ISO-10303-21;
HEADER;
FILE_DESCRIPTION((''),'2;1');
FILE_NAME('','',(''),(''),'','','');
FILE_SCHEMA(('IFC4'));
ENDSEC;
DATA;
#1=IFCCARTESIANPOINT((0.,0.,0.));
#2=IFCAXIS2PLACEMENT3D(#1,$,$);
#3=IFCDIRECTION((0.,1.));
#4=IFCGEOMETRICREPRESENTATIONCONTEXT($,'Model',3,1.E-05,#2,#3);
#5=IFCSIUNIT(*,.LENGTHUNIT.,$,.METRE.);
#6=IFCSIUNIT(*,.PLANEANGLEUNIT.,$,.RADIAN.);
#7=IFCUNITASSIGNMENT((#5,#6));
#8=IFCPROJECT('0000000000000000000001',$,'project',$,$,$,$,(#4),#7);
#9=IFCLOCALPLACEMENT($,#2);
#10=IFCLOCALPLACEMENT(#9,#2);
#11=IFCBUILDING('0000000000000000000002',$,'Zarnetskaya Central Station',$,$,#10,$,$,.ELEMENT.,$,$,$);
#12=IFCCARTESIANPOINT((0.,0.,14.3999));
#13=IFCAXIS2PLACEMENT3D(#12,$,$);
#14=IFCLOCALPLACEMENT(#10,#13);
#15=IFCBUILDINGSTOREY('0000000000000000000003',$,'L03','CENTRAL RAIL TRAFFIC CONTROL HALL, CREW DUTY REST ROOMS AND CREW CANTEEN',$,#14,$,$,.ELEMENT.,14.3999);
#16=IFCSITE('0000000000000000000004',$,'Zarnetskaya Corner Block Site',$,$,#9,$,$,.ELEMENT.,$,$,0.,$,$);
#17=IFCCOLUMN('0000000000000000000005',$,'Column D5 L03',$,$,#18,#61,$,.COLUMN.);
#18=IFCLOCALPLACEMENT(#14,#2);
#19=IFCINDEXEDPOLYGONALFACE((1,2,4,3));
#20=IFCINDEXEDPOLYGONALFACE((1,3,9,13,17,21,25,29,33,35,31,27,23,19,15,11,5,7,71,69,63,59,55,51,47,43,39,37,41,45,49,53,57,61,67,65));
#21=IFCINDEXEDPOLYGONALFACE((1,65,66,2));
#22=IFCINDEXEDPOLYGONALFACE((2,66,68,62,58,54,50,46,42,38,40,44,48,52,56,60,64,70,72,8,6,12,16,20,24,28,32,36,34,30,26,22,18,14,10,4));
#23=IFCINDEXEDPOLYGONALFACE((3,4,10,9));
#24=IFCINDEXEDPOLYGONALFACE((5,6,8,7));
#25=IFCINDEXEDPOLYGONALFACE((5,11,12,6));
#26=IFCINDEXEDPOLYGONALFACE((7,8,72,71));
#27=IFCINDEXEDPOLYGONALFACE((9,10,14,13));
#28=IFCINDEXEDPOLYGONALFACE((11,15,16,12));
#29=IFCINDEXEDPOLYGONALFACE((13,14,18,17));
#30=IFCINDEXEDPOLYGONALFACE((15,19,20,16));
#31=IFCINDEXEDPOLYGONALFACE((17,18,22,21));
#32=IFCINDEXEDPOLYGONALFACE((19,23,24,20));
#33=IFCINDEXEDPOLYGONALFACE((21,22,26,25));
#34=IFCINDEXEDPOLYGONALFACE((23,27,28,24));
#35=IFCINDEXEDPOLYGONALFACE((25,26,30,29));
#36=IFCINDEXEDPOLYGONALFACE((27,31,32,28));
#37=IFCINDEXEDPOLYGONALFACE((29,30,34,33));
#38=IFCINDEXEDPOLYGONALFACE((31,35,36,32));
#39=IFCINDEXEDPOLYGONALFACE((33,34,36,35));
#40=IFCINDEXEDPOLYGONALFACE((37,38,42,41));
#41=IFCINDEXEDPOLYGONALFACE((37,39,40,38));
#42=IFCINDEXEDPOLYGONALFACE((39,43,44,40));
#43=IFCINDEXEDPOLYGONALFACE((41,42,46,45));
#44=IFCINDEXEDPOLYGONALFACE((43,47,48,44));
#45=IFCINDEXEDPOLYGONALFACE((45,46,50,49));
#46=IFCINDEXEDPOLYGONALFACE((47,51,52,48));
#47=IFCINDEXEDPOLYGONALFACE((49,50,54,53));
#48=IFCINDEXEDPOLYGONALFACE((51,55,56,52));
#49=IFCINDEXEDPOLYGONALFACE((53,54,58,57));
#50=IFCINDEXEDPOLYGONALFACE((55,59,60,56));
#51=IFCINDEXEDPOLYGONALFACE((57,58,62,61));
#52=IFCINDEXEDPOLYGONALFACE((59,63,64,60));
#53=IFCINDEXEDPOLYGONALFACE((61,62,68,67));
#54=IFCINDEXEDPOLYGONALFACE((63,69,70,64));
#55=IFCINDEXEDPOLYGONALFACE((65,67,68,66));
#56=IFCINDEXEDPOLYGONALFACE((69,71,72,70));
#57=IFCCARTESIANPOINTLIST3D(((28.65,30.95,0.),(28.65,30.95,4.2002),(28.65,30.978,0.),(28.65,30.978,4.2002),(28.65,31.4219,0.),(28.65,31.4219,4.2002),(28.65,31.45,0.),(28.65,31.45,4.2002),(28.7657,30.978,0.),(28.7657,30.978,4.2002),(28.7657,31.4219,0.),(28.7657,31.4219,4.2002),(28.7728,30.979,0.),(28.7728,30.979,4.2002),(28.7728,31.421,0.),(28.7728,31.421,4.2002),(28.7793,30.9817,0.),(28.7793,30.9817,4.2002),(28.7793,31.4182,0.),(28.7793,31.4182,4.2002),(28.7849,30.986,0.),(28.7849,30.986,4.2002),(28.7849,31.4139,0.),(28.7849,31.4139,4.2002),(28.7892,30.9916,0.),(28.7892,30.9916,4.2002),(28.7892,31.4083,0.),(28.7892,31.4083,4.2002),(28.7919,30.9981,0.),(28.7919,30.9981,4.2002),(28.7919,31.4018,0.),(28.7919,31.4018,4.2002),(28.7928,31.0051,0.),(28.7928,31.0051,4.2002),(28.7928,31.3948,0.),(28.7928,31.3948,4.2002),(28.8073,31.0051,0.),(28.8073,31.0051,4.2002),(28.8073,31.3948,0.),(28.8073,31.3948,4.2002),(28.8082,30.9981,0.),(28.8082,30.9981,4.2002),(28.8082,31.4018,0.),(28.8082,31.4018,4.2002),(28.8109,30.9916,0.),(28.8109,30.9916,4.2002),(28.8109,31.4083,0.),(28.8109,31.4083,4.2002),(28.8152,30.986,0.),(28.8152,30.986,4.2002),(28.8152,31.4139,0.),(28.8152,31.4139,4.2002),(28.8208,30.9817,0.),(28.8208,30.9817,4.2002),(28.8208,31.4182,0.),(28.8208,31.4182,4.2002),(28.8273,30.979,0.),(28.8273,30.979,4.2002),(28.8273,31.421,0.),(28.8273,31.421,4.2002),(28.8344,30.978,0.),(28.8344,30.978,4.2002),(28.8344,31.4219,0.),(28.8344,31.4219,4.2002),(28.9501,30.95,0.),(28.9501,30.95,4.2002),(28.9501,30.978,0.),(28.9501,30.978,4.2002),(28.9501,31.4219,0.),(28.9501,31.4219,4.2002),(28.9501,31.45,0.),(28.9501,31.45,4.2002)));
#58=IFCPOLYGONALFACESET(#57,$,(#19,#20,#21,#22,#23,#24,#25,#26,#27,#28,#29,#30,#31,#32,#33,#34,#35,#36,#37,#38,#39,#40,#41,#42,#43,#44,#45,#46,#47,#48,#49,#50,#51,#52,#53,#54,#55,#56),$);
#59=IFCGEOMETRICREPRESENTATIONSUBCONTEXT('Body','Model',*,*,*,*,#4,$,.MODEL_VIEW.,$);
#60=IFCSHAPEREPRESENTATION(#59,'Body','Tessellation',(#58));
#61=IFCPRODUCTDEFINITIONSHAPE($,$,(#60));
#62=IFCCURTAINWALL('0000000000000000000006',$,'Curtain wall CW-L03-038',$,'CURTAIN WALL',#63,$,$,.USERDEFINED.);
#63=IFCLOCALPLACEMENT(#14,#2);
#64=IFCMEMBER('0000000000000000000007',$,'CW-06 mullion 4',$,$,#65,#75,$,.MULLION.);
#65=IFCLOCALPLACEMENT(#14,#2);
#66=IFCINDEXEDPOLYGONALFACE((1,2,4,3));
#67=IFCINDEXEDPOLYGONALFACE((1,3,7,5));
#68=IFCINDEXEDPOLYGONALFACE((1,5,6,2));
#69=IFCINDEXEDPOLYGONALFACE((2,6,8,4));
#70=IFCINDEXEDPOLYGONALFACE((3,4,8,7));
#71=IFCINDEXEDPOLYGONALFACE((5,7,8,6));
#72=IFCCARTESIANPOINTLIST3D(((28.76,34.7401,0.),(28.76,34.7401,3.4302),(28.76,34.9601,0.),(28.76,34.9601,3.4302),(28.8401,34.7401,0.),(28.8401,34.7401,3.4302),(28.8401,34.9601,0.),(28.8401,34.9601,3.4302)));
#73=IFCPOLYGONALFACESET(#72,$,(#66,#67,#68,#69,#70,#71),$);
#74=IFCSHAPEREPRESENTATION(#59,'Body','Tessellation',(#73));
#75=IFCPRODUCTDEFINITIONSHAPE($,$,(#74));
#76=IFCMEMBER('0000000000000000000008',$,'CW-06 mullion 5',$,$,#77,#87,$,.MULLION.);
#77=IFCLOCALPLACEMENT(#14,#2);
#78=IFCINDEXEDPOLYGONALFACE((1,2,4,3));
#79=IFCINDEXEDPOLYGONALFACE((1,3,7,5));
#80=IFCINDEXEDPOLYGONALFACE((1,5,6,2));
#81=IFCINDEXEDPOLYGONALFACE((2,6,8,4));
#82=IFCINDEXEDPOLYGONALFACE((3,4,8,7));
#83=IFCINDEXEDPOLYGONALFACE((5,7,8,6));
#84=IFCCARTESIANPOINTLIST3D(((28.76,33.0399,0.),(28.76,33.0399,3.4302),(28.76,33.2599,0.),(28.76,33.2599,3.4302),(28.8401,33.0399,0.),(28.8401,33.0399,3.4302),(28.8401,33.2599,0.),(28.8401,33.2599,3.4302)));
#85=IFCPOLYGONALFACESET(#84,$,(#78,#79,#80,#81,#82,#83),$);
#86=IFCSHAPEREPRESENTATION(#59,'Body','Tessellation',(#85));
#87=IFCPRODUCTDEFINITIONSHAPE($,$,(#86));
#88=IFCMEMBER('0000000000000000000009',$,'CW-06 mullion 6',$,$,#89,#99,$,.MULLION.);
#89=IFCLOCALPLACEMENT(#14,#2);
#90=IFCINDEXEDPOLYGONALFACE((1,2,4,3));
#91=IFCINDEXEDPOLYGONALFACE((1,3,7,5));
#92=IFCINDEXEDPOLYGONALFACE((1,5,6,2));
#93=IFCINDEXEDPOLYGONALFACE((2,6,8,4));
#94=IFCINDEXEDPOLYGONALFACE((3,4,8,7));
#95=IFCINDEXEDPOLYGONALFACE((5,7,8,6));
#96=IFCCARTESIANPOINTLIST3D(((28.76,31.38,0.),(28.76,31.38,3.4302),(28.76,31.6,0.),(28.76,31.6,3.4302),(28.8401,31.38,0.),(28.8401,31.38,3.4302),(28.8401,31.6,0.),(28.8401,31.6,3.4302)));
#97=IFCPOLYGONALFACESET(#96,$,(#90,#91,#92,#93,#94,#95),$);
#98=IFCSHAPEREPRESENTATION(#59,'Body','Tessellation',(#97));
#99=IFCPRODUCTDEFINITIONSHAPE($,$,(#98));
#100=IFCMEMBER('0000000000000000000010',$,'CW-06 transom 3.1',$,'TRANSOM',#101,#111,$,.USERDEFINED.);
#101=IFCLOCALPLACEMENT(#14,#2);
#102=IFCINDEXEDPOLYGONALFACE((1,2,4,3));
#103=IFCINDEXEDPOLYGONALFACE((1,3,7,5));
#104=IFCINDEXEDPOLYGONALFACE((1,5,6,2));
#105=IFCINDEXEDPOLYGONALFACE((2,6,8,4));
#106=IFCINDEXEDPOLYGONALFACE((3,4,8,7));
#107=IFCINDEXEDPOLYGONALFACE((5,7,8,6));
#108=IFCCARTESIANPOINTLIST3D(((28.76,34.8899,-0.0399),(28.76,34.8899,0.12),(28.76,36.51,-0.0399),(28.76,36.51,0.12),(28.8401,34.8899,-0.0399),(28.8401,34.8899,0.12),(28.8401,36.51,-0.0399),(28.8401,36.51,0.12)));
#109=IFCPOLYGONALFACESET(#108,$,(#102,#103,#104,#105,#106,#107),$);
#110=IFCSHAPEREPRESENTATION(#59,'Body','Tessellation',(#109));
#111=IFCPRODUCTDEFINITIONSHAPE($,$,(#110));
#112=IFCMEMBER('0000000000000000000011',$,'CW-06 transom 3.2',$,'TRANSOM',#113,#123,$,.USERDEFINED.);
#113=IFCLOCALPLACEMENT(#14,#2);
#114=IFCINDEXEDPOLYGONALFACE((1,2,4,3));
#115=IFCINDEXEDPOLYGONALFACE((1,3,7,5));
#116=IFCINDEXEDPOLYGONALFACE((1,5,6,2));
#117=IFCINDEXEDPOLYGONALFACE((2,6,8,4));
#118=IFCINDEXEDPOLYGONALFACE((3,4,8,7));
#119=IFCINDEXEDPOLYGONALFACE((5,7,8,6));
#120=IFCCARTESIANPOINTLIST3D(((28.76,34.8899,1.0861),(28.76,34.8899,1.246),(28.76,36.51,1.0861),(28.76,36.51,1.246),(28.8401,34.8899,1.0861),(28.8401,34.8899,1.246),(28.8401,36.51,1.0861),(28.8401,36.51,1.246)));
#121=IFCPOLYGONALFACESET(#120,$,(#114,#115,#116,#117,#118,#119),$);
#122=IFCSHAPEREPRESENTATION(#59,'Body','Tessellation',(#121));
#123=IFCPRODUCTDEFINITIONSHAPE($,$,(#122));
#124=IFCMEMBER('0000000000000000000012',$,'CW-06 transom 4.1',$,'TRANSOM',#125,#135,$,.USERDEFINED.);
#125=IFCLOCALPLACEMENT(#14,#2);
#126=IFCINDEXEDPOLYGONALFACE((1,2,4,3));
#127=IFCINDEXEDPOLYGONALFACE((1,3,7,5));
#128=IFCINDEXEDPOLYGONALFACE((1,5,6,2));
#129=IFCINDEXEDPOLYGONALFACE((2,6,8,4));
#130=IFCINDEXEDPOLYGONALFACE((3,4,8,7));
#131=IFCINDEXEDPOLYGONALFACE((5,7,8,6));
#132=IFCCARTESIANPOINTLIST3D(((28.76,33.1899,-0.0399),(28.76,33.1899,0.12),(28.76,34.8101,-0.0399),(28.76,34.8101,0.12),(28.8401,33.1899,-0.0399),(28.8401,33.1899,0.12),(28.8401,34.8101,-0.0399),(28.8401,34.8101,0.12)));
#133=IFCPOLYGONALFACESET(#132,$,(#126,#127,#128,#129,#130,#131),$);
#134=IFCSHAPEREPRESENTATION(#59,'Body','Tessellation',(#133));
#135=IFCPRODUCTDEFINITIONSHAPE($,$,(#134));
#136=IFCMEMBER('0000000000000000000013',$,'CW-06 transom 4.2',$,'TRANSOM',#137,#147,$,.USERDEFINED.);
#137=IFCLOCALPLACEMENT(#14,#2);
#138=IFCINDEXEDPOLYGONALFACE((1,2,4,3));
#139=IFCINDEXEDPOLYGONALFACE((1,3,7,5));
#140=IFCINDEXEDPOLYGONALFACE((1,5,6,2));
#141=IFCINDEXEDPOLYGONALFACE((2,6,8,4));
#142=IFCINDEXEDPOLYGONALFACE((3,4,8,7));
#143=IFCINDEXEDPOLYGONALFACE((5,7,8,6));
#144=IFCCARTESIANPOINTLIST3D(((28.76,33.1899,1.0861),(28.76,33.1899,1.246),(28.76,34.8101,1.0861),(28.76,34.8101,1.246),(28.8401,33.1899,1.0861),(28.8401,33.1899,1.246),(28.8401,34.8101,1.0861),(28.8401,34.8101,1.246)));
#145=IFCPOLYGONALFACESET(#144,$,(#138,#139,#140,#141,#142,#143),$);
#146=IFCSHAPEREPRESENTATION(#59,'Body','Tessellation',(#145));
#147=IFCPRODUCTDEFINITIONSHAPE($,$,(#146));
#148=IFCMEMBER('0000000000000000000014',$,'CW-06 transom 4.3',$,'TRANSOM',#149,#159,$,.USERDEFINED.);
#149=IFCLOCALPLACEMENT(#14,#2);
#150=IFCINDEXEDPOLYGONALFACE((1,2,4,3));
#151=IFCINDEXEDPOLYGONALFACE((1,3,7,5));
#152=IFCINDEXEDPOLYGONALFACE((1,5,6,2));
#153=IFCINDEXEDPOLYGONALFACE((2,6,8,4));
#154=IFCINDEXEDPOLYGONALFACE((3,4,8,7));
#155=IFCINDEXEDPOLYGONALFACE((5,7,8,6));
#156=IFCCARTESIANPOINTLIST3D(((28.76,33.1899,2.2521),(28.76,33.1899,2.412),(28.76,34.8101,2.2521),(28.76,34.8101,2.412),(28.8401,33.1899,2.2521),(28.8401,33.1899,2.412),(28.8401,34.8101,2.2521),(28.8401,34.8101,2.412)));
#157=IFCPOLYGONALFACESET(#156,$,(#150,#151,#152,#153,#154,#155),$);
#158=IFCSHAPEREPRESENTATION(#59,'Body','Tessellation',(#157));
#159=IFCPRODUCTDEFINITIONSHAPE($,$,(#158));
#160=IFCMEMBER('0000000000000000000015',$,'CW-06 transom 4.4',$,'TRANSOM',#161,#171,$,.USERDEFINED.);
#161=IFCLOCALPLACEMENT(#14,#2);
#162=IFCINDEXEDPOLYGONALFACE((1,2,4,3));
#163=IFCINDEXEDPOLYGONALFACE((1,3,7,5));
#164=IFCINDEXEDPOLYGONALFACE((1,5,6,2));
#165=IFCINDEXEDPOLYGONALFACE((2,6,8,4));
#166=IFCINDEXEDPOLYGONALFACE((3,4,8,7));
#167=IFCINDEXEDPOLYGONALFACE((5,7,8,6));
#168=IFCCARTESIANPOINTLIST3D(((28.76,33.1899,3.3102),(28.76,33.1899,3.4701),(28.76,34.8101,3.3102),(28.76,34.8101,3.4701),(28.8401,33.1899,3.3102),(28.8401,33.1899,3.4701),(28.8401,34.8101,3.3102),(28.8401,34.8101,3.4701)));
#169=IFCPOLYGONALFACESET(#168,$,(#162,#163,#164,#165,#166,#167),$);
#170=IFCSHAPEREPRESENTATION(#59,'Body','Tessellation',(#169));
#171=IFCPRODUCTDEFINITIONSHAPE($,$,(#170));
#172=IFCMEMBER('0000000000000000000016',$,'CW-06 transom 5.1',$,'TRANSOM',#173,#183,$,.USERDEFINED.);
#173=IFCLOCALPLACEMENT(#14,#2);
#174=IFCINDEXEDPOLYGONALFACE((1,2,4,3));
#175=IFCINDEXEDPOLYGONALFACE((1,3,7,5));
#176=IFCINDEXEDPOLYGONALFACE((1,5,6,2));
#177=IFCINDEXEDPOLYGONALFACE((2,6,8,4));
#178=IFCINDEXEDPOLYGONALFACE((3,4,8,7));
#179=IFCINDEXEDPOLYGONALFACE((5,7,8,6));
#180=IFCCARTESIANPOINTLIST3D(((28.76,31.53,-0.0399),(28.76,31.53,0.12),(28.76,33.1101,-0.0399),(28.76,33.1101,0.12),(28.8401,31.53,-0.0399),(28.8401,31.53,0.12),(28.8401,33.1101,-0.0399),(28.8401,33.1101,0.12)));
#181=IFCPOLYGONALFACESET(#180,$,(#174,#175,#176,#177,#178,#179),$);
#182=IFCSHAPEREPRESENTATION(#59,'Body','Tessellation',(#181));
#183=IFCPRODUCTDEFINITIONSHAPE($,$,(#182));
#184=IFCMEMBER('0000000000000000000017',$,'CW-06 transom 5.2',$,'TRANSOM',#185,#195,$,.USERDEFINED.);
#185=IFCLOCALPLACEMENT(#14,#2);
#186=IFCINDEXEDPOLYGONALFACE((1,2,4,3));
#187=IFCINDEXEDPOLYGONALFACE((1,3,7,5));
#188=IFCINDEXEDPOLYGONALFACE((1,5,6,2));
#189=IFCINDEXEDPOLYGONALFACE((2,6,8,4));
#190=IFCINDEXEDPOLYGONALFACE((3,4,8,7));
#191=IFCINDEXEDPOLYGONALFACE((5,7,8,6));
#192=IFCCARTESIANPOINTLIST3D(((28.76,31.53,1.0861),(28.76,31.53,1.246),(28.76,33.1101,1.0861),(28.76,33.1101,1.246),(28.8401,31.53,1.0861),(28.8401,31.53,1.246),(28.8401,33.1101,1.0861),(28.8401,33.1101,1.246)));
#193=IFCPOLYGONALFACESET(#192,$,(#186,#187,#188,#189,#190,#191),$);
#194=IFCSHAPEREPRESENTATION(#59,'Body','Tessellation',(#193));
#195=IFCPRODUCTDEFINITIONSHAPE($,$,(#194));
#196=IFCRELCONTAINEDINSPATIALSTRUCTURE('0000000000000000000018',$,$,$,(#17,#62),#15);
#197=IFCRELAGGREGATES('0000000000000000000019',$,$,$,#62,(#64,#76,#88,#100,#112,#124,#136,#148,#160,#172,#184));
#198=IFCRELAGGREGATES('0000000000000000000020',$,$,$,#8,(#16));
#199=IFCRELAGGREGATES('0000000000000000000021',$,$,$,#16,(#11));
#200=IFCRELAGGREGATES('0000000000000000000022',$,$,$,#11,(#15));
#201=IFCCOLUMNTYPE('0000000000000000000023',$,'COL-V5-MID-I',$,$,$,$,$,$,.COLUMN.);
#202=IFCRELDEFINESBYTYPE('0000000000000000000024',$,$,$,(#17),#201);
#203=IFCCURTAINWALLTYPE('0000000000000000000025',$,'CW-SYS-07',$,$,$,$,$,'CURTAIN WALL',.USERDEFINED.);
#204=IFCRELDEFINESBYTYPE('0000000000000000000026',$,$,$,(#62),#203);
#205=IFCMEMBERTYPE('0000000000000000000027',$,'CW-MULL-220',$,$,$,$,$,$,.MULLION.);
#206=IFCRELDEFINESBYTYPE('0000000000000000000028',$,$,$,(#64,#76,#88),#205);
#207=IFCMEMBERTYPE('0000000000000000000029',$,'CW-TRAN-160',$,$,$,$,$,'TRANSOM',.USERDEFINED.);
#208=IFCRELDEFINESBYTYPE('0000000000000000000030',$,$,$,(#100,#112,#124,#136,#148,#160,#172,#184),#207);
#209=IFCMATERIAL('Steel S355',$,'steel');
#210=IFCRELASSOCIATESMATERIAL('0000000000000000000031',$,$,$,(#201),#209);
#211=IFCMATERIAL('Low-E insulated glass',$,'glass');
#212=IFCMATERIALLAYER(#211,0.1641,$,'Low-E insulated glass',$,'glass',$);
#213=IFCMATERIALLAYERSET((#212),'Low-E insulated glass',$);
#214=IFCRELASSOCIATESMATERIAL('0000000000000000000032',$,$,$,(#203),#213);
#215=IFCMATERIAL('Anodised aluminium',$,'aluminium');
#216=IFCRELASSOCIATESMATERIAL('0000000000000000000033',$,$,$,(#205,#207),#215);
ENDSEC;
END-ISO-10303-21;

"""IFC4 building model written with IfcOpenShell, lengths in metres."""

from ifc_helpers import new_model, si_unit, direction, frame, origin, origin_2d, place, context, subcontext, project, spatial, rectangle, i_section, extrude, material, layer, layer_set, material_profile, profile_set, type_object, element, aggregate, save


model = new_model("IFC4")

# Units and contexts
model_context = context("Model", 3, precision=1e-05, world=origin(), true_north=direction((0.0, 1.0)))
body_context = subcontext(model_context, "Body", "Model", "MODEL_VIEW")
ifc_project = project(units=[si_unit("LENGTHUNIT", "METRE"), si_unit("PLANEANGLEUNIT", "RADIAN")], contexts=[model_context])

# Site, building, storey
site_placement = place(None, origin())
site = spatial("IfcSite", under=ifc_project, at=site_placement, Name="Zarnetskaya Corner Block Site", CompositionType="ELEMENT", RefElevation=0.0)
building_placement = place(site_placement, origin())
building = spatial("IfcBuilding", under=site, at=building_placement, Name="Zarnetskaya Central Station", CompositionType="ELEMENT")
storey_placement = place(building_placement, frame((0.0, 0.0, 14.3999)))
storey = spatial("IfcBuildingStorey", under=building, at=storey_placement, Name="L03", Description="CENTRAL RAIL TRAFFIC CONTROL HALL, CREW DUTY REST ROOMS AND CREW CANTEEN", CompositionType="ELEMENT", Elevation=14.3999)

# Column
ifc_material_1 = material(Name="Steel S355", Category="steel")
ifc_material_profile_1 = material_profile(ifc_material_1, i_section(OverallWidth=0.3, OverallDepth=0.5, WebThickness=0.0144, FlangeThickness=0.0281, FilletRadius=0.0271, at=origin_2d()), Name="HEB 500")
ifc_profile_set_1 = profile_set([ifc_material_profile_1], Name="Steel S355")
column_type = type_object("IfcColumnType", Name="COL-V5-MID-I", PredefinedType="COLUMN", material=ifc_profile_set_1)
column_placement = place(storey_placement, frame((28.8, 31.2, 0.0), z_axis=(0.0, 0.0, 1.0), x_axis=(1.0, 0.0, 0.0)))
element("IfcColumn", 1, at=column_placement, inside=storey, type_object=column_type, Name="Column D5 L03", PredefinedType="COLUMN", context=body_context, shape_type="SweptSolid", body=[
    extrude(i_section(OverallWidth=0.3, OverallDepth=0.5, WebThickness=0.0144, FlangeThickness=0.0281, FilletRadius=0.0271, at=origin_2d()), origin(), (0.0, 0.0, 1.0), 4.2002),
])

# Curtain wall, members
ifc_material_2 = material(Name="Low-E insulated glass", Category="glass")
ifc_layer_1 = layer(ifc_material_2, 0.1641, Name="Low-E insulated glass", Category="glass")
ifc_layer_set_1 = layer_set([ifc_layer_1], Name="Low-E insulated glass")
curtain_wall_type = type_object("IfcCurtainWallType", Name="CW-SYS-07", ElementType="CURTAIN WALL", PredefinedType="USERDEFINED", material=ifc_layer_set_1)
curtain_wall_placement = place(storey_placement, origin())
curtain_wall = element("IfcCurtainWall", 2, at=curtain_wall_placement, inside=storey, type_object=curtain_wall_type, Name="Curtain wall CW-L03-038", ObjectType="CURTAIN WALL", PredefinedType="USERDEFINED")
ifc_material_3 = material(Name="Anodised aluminium", Category="aluminium")
ifc_material_profile_2 = material_profile(ifc_material_3, rectangle(XDim=0.0801, YDim=0.22, at=origin_2d()), Name="ALU MULL 80x220")
ifc_profile_set_2 = profile_set([ifc_material_profile_2], Name="Anodised aluminium")
member_type_1 = type_object("IfcMemberType", Name="CW-MULL-220", PredefinedType="MULLION", material=ifc_profile_set_2)
member_1_placement = place(storey_placement, frame((28.8, 34.8501, 0.0), z_axis=(0.0, 0.0, 1.0), x_axis=(1.0, 0.0, 0.0)))
member_1 = element("IfcMember", 3, at=member_1_placement, type_object=member_type_1, Name="CW-06 mullion 4", PredefinedType="MULLION", context=body_context, shape_type="SweptSolid", body=[
    extrude(rectangle(XDim=0.0801, YDim=0.22, at=origin_2d()), origin(), (0.0, 0.0, 1.0), 3.4302),
])
member_2_placement = place(storey_placement, frame((28.8, 33.1499, 0.0), z_axis=(0.0, 0.0, 1.0), x_axis=(1.0, 0.0, 0.0)))
member_2 = element("IfcMember", 4, at=member_2_placement, type_object=member_type_1, Name="CW-06 mullion 5", PredefinedType="MULLION", context=body_context, shape_type="SweptSolid", body=[
    extrude(rectangle(XDim=0.0801, YDim=0.22, at=origin_2d()), origin(), (0.0, 0.0, 1.0), 3.4302),
])
member_3_placement = place(storey_placement, frame((28.8, 31.49, 0.0), z_axis=(0.0, 0.0, 1.0), x_axis=(1.0, 0.0, 0.0)))
member_3 = element("IfcMember", 5, at=member_3_placement, type_object=member_type_1, Name="CW-06 mullion 6", PredefinedType="MULLION", context=body_context, shape_type="SweptSolid", body=[
    extrude(rectangle(XDim=0.0801, YDim=0.22, at=origin_2d()), origin(), (0.0, 0.0, 1.0), 3.4302),
])
ifc_material_profile_3 = material_profile(ifc_material_3, rectangle(XDim=0.0801, YDim=0.1599, at=origin_2d()), Name="ALU TRAN 80x160")
ifc_profile_set_3 = profile_set([ifc_material_profile_3], Name="Anodised aluminium")
member_type_2 = type_object("IfcMemberType", Name="CW-TRAN-160", ElementType="TRANSOM", PredefinedType="USERDEFINED", material=ifc_profile_set_3)
member_4_placement = place(storey_placement, frame((28.8, 36.51, 0.04), z_axis=(0.0, -1.0, 0.0), x_axis=(1.0, 0.0, 0.0)))
member_4 = element("IfcMember", 6, at=member_4_placement, type_object=member_type_2, Name="CW-06 transom 3.1", ObjectType="TRANSOM", PredefinedType="USERDEFINED", context=body_context, shape_type="SweptSolid", body=[
    extrude(rectangle(XDim=0.0801, YDim=0.1599, at=origin_2d()), origin(), (0.0, 0.0, 1.0), 1.6201),
])
member_5_placement = place(storey_placement, frame((28.8, 36.51, 1.166), z_axis=(0.0, -1.0, 0.0), x_axis=(1.0, 0.0, 0.0)))
member_5 = element("IfcMember", 7, at=member_5_placement, type_object=member_type_2, Name="CW-06 transom 3.2", ObjectType="TRANSOM", PredefinedType="USERDEFINED", context=body_context, shape_type="SweptSolid", body=[
    extrude(rectangle(XDim=0.0801, YDim=0.1599, at=origin_2d()), origin(), (0.0, 0.0, 1.0), 1.6201),
])
member_6_placement = place(storey_placement, frame((28.8, 34.8101, 0.04), z_axis=(0.0, -1.0, 0.0), x_axis=(1.0, 0.0, 0.0)))
member_6 = element("IfcMember", 8, at=member_6_placement, type_object=member_type_2, Name="CW-06 transom 4.1", ObjectType="TRANSOM", PredefinedType="USERDEFINED", context=body_context, shape_type="SweptSolid", body=[
    extrude(rectangle(XDim=0.0801, YDim=0.1599, at=origin_2d()), origin(), (0.0, 0.0, 1.0), 1.6201),
])
member_7_placement = place(storey_placement, frame((28.8, 34.8101, 1.166), z_axis=(0.0, -1.0, 0.0), x_axis=(1.0, 0.0, 0.0)))
member_7 = element("IfcMember", 9, at=member_7_placement, type_object=member_type_2, Name="CW-06 transom 4.2", ObjectType="TRANSOM", PredefinedType="USERDEFINED", context=body_context, shape_type="SweptSolid", body=[
    extrude(rectangle(XDim=0.0801, YDim=0.1599, at=origin_2d()), origin(), (0.0, 0.0, 1.0), 1.6201),
])
member_8_placement = place(storey_placement, frame((28.8, 34.8101, 2.332), z_axis=(0.0, -1.0, 0.0), x_axis=(1.0, 0.0, 0.0)))
member_8 = element("IfcMember", 10, at=member_8_placement, type_object=member_type_2, Name="CW-06 transom 4.3", ObjectType="TRANSOM", PredefinedType="USERDEFINED", context=body_context, shape_type="SweptSolid", body=[
    extrude(rectangle(XDim=0.0801, YDim=0.1599, at=origin_2d()), origin(), (0.0, 0.0, 1.0), 1.6201),
])
member_9_placement = place(storey_placement, frame((28.8, 34.8101, 3.3901), z_axis=(0.0, -1.0, 0.0), x_axis=(1.0, 0.0, 0.0)))
member_9 = element("IfcMember", 11, at=member_9_placement, type_object=member_type_2, Name="CW-06 transom 4.4", ObjectType="TRANSOM", PredefinedType="USERDEFINED", context=body_context, shape_type="SweptSolid", body=[
    extrude(rectangle(XDim=0.0801, YDim=0.1599, at=origin_2d()), origin(), (0.0, 0.0, 1.0), 1.6201),
])
member_10_placement = place(storey_placement, frame((28.8, 33.1101, 0.04), z_axis=(0.0, -1.0, 0.0), x_axis=(1.0, 0.0, 0.0)))
member_10 = element("IfcMember", 12, at=member_10_placement, type_object=member_type_2, Name="CW-06 transom 5.1", ObjectType="TRANSOM", PredefinedType="USERDEFINED", context=body_context, shape_type="SweptSolid", body=[
    extrude(rectangle(XDim=0.0801, YDim=0.1599, at=origin_2d()), origin(), (0.0, 0.0, 1.0), 1.5801),
])
member_11_placement = place(storey_placement, frame((28.8, 33.1101, 1.166), z_axis=(0.0, -1.0, 0.0), x_axis=(1.0, 0.0, 0.0)))
member_11 = element("IfcMember", 13, at=member_11_placement, type_object=member_type_2, Name="CW-06 transom 5.2", ObjectType="TRANSOM", PredefinedType="USERDEFINED", context=body_context, shape_type="SweptSolid", body=[
    extrude(rectangle(XDim=0.0801, YDim=0.1599, at=origin_2d()), origin(), (0.0, 0.0, 1.0), 1.5801),
])

aggregate(curtain_wall, [member_1, member_2, member_3, member_4, member_5, member_6, member_7, member_8, member_9, member_10, member_11])

save(model, "model.ifc")
